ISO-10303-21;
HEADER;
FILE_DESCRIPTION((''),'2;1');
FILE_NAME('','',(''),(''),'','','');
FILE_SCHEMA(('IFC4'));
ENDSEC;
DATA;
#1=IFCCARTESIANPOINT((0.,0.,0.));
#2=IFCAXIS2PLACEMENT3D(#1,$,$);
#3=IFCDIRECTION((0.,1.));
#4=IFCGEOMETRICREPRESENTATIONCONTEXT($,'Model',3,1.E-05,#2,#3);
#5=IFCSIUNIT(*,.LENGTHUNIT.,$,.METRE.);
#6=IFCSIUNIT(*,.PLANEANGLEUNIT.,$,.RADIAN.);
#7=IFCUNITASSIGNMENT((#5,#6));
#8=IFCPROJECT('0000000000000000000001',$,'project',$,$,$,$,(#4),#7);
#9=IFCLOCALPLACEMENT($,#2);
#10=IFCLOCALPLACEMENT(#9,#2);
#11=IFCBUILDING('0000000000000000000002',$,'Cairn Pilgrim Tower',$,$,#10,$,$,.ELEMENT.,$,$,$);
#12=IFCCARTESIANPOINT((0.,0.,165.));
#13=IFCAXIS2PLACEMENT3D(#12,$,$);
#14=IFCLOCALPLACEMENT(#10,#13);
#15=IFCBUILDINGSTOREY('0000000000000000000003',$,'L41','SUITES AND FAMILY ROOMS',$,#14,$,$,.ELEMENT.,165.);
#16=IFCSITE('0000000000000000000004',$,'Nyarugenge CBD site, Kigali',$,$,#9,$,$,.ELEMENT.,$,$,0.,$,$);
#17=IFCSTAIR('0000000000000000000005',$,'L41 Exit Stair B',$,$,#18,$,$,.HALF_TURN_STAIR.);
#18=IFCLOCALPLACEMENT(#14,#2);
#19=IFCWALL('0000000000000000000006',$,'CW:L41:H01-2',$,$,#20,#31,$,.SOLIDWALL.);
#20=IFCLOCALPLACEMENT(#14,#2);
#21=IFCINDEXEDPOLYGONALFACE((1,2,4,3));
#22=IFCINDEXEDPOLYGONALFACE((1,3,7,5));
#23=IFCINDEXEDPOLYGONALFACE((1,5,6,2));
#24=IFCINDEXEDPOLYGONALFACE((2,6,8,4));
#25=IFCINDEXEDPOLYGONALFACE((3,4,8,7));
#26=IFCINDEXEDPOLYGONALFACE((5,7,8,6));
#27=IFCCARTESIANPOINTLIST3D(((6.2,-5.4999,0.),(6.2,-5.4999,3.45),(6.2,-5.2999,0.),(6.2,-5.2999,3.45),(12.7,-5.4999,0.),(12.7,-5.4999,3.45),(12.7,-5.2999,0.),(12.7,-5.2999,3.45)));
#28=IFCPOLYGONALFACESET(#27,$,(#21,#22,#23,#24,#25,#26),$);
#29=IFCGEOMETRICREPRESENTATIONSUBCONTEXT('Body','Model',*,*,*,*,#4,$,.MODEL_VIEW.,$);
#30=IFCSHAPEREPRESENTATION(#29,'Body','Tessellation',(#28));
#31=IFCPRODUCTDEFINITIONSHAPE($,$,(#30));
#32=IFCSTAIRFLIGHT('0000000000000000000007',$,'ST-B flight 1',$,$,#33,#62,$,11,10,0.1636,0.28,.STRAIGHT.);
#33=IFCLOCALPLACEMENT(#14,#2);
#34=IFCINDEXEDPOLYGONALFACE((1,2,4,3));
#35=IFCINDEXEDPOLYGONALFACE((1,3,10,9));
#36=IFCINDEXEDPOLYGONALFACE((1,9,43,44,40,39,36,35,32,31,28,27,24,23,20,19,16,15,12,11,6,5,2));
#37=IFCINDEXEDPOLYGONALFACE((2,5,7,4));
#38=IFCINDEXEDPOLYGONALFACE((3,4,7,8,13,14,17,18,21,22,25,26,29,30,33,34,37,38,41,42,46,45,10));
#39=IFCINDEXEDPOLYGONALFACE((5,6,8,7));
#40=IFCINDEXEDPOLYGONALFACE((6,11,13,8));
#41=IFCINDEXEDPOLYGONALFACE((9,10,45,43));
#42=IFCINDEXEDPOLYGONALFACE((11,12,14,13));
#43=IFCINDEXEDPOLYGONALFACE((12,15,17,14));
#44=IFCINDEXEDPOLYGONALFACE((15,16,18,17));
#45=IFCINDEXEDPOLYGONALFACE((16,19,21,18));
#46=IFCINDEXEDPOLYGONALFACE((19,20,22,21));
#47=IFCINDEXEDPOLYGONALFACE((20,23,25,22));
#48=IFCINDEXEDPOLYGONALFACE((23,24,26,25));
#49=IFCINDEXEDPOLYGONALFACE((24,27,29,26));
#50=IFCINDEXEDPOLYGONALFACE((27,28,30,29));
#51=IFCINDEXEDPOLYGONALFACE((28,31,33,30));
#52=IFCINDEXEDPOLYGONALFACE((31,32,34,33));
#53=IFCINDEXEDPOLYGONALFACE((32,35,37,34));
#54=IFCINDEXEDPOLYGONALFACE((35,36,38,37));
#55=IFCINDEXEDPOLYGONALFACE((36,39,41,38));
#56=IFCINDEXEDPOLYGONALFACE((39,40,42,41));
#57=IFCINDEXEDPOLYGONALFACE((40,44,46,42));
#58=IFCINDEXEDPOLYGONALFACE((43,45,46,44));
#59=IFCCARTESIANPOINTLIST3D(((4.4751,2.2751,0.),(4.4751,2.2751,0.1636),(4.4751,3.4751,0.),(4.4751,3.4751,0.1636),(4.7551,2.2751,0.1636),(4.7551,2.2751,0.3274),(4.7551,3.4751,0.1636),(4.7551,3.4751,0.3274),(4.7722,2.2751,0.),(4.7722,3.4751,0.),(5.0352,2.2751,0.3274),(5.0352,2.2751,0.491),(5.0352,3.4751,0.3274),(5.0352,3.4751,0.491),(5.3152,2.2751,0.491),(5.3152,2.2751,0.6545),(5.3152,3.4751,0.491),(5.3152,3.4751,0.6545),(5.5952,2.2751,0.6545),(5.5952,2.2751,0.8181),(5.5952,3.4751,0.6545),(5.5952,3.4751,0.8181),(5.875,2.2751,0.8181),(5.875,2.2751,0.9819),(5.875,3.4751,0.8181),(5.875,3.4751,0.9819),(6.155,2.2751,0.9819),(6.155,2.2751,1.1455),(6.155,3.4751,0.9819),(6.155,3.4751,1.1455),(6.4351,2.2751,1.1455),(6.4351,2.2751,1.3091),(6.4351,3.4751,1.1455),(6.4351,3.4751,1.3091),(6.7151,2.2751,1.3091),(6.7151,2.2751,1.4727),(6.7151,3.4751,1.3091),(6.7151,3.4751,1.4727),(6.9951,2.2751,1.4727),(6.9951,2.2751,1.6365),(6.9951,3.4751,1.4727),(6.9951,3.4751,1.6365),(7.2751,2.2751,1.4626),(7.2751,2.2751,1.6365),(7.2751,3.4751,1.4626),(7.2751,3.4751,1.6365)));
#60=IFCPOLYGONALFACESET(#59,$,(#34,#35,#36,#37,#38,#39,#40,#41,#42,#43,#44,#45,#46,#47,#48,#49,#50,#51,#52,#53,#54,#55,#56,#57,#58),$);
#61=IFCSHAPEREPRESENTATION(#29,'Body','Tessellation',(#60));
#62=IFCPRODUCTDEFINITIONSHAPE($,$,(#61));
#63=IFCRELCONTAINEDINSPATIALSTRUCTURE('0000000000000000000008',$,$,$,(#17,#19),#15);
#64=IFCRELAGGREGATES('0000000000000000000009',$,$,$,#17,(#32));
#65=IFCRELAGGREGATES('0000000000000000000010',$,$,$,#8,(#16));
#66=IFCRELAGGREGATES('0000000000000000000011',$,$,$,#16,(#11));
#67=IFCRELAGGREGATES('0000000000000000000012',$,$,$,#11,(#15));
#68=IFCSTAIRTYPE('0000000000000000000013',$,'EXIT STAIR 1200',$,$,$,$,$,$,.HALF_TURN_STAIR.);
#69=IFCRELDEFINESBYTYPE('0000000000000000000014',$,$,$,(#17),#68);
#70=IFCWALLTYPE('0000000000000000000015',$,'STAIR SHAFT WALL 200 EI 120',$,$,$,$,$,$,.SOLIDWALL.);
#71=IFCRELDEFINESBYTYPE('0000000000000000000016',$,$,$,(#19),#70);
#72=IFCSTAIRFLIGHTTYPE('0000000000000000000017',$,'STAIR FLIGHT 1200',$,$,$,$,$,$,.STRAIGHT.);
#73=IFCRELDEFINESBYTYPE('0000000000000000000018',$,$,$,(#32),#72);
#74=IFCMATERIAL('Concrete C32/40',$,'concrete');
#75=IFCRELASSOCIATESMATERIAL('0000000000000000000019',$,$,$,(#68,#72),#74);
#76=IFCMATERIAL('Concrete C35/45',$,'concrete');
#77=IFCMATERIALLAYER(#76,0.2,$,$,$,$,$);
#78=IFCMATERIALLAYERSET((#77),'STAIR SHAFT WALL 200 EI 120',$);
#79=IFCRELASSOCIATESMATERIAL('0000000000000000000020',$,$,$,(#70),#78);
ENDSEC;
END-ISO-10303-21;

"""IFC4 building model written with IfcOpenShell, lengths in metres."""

from ifc_helpers import new_model, si_unit, direction, frame, frame_2d, origin, place, context, subcontext, project, spatial, polyline, rectangle, outline, extrude, material, layer, layer_set, type_object, element, aggregate, save


model = new_model("IFC4")

# Units and contexts
model_context = context("Model", 3, precision=1e-05, world=origin(), true_north=direction((0.0, 1.0)))
body_context = subcontext(model_context, "Body", "Model", "MODEL_VIEW")
ifc_project = project(units=[si_unit("LENGTHUNIT", "METRE"), si_unit("PLANEANGLEUNIT", "RADIAN")], contexts=[model_context])

# Site, building, storey
site_placement = place(None, origin())
site = spatial("IfcSite", under=ifc_project, at=site_placement, Name="Nyarugenge CBD site, Kigali", CompositionType="ELEMENT", RefElevation=0.0)
building_placement = place(site_placement, origin())
building = spatial("IfcBuilding", under=site, at=building_placement, Name="Cairn Pilgrim Tower", CompositionType="ELEMENT")
storey_placement = place(building_placement, frame((0.0, 0.0, 165.0)))
storey = spatial("IfcBuildingStorey", under=building, at=storey_placement, Name="L41", Description="SUITES AND FAMILY ROOMS", CompositionType="ELEMENT", Elevation=165.0)

# Stair
ifc_material_1 = material(Name="Concrete C32/40", Category="concrete")
stair_type = type_object("IfcStairType", Name="EXIT STAIR 1200", PredefinedType="HALF_TURN_STAIR", material=ifc_material_1)
stair_1_placement = place(storey_placement, origin())
stair_1 = element("IfcStair", 1, at=stair_1_placement, inside=storey, type_object=stair_type, Name="L41 Exit Stair B", PredefinedType="HALF_TURN_STAIR")

# Shared definitions
ifc_material_2 = material(Name="Concrete C35/45", Category="concrete")

# Wall
ifc_layer_1 = layer(ifc_material_2, 0.2)
ifc_layer_set_1 = layer_set([ifc_layer_1], Name="STAIR SHAFT WALL 200 EI 120")
wall_type_1 = type_object("IfcWallType", Name="STAIR SHAFT WALL 200 EI 120", PredefinedType="SOLIDWALL", material=ifc_layer_set_1)
wall_1_placement = place(storey_placement, frame((6.2, -5.3999, 0.0), z_axis=(0.0, 0.0, 1.0), x_axis=(1.0, 0.0, 0.0)))
element("IfcWall", 2, at=wall_1_placement, inside=storey, type_object=wall_type_1, Name="CW:L41:H01-2", PredefinedType="SOLIDWALL", context=body_context, shape_type="SweptSolid", body=[
    extrude(rectangle(XDim=6.5, YDim=0.2, at=frame_2d((3.25, 0.0))), origin(), (0.0, 0.0, 1.0), 3.45),
])

# Stair flight
stair_flight_type = type_object("IfcStairFlightType", Name="STAIR FLIGHT 1200", PredefinedType="STRAIGHT", material=ifc_material_1)
stair_flight_placement = place(storey_placement, frame((4.4751, 2.875, 0.0), z_axis=(0.0, 0.0, 1.0), x_axis=(1.0, 0.0, 0.0)))
stair_flight = element("IfcStairFlight", 3, at=stair_flight_placement, type_object=stair_flight_type, Name="ST-B flight 1", NumberOfRisers=11, NumberOfTreads=10, PredefinedType="STRAIGHT", RiserHeight=0.1636, TreadLength=0.28, context=body_context, shape_type="SweptSolid", body=[
    extrude(outline(polyline([(0.0, 0.0), (0.0, 0.1636), (0.28, 0.1636), (0.28, 0.3274), (0.5601, 0.3274), (0.5601, 0.491), (0.8401, 0.491), (0.8401, 0.6545), (1.1201, 0.6545), (1.1201, 0.8181), (1.3999, 0.8181), (1.3999, 0.9819), (1.6799, 0.9819), (1.6799, 1.1455), (1.96, 1.1455), (1.96, 1.3091), (2.24, 1.3091), (2.24, 1.4727), (2.52, 1.4727), (2.52, 1.6365), (2.8, 1.6365), (2.8, 1.8), (2.8, 1.4626), (0.2971, 0.0), (0.0, 0.0)])), frame((0.0, 0.6001, 0.0), z_axis=(0.0, -1.0, 0.0), x_axis=(1.0, 0.0, 0.0)), (0.0, 0.0, 1.0), 1.2),
])
aggregate(stair_1, [stair_flight])

save(model, "model.ifc")
